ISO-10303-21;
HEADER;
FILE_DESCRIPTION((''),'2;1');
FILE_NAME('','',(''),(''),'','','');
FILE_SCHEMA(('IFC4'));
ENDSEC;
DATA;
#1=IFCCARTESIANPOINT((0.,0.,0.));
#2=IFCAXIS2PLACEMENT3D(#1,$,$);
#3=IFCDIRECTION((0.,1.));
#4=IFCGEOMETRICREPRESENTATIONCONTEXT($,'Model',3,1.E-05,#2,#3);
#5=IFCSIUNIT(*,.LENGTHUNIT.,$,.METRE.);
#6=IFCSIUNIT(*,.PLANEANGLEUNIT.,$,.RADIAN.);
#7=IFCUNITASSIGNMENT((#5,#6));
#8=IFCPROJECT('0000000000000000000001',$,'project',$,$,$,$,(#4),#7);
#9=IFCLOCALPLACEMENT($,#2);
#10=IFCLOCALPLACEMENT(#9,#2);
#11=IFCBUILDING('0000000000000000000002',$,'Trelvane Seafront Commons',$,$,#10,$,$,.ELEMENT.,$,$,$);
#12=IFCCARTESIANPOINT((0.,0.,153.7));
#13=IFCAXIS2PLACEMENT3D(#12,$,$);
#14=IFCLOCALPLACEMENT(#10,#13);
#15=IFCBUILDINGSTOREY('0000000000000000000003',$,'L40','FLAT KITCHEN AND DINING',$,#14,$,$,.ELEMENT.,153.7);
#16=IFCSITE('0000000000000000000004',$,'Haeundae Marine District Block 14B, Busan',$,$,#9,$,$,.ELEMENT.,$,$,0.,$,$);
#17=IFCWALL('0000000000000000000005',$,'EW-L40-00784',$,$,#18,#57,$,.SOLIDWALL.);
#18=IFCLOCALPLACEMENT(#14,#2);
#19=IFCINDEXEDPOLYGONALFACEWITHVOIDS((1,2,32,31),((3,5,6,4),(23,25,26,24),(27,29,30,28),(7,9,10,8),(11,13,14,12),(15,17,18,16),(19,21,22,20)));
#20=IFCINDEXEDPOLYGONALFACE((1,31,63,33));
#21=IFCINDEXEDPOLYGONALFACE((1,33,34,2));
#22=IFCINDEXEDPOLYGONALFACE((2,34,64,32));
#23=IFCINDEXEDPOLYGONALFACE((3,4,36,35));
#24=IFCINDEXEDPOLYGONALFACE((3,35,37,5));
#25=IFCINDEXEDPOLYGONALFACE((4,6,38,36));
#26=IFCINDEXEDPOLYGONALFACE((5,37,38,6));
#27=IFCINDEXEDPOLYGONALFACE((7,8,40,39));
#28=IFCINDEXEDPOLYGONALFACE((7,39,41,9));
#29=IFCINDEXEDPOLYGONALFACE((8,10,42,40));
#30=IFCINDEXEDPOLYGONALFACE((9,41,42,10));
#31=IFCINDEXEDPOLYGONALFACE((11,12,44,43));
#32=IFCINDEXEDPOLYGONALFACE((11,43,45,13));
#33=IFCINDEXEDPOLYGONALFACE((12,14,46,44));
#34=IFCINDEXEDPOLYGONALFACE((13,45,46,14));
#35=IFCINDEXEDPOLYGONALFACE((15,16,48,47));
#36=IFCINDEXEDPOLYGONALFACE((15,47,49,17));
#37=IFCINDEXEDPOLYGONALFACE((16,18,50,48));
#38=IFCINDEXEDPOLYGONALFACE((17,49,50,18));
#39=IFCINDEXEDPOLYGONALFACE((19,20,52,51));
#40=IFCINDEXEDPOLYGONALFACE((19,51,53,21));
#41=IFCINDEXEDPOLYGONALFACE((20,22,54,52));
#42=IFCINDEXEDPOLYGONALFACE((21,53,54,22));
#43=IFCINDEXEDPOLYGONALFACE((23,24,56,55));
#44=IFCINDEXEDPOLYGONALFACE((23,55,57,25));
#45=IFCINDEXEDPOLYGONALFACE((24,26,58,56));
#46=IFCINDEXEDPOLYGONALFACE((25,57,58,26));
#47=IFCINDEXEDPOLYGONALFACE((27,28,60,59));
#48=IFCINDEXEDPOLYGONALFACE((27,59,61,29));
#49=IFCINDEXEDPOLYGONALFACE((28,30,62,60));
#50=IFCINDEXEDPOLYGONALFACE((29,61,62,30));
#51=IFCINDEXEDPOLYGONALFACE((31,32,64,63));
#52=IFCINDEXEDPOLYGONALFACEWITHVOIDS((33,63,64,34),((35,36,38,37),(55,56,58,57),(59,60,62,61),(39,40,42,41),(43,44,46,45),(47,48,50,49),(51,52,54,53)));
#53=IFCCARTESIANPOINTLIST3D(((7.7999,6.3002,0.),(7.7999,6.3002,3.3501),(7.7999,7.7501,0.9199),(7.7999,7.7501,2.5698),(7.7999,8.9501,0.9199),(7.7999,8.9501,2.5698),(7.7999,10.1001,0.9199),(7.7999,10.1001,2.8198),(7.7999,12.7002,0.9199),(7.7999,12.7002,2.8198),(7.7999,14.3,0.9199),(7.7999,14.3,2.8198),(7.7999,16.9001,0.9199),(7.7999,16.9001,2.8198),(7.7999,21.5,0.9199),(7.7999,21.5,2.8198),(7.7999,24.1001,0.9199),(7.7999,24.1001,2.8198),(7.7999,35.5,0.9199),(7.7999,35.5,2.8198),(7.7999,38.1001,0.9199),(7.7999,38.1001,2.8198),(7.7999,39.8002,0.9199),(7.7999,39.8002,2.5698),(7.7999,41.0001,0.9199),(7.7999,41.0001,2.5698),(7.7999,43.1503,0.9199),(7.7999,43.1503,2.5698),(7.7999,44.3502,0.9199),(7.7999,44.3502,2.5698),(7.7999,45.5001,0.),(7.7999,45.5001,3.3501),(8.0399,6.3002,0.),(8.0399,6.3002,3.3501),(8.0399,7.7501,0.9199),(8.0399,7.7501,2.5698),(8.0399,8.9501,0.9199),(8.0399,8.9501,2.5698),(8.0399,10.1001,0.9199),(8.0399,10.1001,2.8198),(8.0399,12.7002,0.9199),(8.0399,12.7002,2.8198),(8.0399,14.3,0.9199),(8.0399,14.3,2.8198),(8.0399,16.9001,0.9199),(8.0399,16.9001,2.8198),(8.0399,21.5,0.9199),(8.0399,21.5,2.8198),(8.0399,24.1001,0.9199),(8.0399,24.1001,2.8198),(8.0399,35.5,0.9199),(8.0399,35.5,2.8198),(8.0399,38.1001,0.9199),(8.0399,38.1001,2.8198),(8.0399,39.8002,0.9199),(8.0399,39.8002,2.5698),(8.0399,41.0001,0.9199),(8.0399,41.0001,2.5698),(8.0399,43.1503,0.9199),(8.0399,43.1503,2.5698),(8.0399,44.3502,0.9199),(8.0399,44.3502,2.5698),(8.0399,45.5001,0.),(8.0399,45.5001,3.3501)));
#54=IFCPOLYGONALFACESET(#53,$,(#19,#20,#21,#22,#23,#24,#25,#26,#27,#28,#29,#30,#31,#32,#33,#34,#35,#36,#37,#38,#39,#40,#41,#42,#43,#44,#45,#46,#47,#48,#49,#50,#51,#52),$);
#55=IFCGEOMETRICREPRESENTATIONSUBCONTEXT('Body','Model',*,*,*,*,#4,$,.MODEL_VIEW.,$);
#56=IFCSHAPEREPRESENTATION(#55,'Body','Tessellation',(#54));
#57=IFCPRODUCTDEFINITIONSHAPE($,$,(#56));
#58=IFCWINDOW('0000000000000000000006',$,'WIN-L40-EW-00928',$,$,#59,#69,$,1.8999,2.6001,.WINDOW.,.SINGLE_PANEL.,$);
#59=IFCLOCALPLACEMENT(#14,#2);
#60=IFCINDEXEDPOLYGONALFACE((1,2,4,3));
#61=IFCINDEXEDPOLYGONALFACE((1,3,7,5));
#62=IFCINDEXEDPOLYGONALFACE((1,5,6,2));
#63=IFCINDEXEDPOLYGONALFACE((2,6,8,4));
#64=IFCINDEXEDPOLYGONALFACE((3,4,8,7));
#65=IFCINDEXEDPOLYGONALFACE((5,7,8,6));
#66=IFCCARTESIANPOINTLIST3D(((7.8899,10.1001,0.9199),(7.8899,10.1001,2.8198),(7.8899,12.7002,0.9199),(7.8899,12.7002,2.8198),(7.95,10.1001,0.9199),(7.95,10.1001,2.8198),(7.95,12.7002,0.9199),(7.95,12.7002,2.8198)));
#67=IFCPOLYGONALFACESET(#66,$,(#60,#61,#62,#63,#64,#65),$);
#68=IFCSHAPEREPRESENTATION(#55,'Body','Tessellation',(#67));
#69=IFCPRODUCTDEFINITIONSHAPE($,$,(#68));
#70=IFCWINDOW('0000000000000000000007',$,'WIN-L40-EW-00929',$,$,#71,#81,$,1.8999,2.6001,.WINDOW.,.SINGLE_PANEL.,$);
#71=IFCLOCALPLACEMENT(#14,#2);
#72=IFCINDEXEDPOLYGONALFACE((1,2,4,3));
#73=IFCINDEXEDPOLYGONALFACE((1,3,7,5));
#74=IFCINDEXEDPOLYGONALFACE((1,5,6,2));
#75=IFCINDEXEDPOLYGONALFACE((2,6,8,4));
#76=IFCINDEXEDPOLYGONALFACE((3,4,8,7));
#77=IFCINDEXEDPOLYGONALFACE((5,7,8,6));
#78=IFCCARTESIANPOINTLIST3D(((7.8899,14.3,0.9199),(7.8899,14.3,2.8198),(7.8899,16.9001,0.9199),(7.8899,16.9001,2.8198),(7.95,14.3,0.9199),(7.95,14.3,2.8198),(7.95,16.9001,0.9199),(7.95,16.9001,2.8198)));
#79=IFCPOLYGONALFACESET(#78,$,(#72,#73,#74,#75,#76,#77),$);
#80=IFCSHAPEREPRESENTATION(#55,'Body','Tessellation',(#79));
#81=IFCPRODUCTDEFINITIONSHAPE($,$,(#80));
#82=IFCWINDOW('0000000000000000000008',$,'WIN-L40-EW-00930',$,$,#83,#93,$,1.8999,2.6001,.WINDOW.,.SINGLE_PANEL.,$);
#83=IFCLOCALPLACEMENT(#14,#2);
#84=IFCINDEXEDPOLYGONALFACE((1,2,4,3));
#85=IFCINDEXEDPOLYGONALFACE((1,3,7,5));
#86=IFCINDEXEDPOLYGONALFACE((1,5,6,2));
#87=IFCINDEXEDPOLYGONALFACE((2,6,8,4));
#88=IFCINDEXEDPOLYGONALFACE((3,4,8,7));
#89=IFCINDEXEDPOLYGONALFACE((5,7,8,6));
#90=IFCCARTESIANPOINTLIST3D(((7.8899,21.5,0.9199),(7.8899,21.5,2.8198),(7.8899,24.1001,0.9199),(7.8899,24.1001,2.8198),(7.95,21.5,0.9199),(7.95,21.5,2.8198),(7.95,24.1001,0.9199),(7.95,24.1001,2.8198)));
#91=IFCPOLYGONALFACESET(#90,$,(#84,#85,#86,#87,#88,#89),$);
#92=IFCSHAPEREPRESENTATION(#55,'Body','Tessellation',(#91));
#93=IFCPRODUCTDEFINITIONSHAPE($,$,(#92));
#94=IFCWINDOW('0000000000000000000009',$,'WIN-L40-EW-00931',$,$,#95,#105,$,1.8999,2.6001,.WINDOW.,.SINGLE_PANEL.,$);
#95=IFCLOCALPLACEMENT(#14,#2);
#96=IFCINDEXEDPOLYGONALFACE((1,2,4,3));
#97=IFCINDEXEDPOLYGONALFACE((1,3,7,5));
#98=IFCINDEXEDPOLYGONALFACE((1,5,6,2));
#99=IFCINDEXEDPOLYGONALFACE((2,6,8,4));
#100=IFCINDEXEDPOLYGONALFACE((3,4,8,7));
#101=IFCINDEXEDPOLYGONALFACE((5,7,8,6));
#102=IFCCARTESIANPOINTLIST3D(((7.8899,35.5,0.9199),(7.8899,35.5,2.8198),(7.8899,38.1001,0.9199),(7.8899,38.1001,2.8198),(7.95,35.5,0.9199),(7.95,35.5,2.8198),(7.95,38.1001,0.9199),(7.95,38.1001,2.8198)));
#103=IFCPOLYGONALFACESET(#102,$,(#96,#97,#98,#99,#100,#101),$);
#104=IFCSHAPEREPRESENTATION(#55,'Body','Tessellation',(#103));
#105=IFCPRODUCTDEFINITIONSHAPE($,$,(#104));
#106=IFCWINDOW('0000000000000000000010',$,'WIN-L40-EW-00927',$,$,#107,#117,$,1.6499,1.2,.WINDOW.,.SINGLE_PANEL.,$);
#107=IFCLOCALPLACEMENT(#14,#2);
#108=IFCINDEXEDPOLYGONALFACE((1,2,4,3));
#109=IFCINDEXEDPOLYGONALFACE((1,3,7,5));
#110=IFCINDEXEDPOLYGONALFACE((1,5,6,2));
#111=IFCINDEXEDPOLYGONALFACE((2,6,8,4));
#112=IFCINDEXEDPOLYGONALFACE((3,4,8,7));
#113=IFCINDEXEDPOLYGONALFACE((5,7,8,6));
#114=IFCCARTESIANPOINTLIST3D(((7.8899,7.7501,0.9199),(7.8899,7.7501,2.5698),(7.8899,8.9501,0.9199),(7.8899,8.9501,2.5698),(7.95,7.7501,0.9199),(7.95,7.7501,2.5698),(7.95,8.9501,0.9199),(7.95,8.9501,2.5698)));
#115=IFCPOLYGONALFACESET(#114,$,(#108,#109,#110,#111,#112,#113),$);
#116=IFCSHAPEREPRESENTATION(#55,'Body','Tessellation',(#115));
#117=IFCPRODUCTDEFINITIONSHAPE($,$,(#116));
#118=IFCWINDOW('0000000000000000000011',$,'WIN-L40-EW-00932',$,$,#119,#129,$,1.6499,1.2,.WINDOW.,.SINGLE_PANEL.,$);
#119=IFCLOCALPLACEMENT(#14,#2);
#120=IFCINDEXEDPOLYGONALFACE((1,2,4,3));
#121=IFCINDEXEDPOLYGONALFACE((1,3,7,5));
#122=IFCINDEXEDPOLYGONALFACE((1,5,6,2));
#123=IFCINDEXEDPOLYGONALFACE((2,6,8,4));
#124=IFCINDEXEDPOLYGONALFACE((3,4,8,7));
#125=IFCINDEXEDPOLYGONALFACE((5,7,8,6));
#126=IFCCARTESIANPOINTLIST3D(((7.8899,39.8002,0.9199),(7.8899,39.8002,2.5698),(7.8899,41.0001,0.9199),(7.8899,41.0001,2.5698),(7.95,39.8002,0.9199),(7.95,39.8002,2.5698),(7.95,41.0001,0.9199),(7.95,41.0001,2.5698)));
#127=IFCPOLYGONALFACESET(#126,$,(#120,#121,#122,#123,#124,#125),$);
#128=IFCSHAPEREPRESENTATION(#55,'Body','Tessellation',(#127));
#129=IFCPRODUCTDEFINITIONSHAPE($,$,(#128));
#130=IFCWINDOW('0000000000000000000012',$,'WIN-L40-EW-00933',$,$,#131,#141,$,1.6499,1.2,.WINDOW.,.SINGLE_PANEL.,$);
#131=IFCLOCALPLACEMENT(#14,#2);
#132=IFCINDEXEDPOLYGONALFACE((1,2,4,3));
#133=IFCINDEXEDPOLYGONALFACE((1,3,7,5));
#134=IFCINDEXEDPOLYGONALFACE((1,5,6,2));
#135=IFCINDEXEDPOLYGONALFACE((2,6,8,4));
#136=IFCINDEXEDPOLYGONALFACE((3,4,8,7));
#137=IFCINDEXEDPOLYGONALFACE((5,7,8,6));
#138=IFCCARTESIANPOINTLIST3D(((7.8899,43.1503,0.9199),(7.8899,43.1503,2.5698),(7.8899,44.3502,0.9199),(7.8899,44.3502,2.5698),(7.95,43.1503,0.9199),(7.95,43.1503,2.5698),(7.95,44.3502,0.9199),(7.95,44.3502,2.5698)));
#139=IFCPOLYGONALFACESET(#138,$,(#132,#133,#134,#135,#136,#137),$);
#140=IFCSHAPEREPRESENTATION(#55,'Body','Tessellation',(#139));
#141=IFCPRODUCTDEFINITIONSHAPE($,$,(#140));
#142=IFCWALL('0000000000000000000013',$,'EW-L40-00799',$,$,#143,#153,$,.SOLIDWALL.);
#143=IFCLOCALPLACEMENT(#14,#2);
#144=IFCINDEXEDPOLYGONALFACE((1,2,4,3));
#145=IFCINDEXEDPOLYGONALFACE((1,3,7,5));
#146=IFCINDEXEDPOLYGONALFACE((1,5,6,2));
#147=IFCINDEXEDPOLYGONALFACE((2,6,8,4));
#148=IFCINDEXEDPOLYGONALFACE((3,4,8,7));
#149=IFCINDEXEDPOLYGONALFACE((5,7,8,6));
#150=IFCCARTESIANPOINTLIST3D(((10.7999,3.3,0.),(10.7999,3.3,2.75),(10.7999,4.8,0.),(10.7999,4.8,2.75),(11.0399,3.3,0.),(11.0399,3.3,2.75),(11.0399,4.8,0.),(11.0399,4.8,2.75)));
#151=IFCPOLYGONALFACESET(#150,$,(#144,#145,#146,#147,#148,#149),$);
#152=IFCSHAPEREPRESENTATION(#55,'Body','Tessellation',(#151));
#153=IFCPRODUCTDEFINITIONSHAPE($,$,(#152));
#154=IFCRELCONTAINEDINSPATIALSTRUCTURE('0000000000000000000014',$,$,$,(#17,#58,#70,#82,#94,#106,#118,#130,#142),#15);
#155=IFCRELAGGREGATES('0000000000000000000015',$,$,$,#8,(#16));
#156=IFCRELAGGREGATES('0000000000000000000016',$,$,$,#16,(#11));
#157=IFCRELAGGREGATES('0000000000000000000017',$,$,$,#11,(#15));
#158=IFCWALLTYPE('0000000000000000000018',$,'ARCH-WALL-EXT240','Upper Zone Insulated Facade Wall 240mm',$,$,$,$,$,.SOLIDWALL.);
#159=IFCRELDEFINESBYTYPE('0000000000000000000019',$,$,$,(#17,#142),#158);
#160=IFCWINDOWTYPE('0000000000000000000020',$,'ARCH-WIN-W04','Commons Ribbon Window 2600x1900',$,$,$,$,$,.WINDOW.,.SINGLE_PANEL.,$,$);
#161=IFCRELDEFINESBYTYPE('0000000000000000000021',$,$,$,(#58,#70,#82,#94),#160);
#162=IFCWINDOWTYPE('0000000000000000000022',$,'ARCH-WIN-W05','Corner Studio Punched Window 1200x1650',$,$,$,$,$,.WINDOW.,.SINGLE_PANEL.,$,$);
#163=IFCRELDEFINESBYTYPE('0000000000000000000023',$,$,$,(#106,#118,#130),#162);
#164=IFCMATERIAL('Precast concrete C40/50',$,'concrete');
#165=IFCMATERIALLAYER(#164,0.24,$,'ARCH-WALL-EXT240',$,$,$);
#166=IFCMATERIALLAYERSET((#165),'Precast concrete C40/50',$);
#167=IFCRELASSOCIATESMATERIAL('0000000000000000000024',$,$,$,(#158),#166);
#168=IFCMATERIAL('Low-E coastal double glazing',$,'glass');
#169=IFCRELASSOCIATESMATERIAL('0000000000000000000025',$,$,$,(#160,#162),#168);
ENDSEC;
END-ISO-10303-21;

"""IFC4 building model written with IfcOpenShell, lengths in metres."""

from ifc_helpers import new_model, si_unit, direction, frame, frame_2d, origin, place, context, subcontext, project, spatial, rectangle, extrude, source, transform, mapped, material, layer, layer_set, type_object, element, fill, save


model = new_model("IFC4")

# Units and contexts
model_context = context("Model", 3, precision=1e-05, world=origin(), true_north=direction((0.0, 1.0)))
body_context = subcontext(model_context, "Body", "Model", "MODEL_VIEW")
ifc_project = project(units=[si_unit("LENGTHUNIT", "METRE"), si_unit("PLANEANGLEUNIT", "RADIAN")], contexts=[model_context])

# Site, building, storey
site_placement = place(None, origin())
site = spatial("IfcSite", under=ifc_project, at=site_placement, Name="Haeundae Marine District Block 14B, Busan", CompositionType="ELEMENT", RefElevation=0.0)
building_placement = place(site_placement, origin())
building = spatial("IfcBuilding", under=site, at=building_placement, Name="Trelvane Seafront Commons", CompositionType="ELEMENT")
storey_placement = place(building_placement, frame((0.0, 0.0, 153.7)))
storey = spatial("IfcBuildingStorey", under=building, at=storey_placement, Name="L40", Description="FLAT KITCHEN AND DINING", CompositionType="ELEMENT", Elevation=153.7)

# Shared definitions
ifc_material_1 = material(Name="Precast concrete C40/50", Category="concrete")
ifc_layer_1 = layer(ifc_material_1, 0.24, Name="ARCH-WALL-EXT240")
ifc_layer_set_1 = layer_set([ifc_layer_1], Name="Precast concrete C40/50")
wall_type_1 = type_object("IfcWallType", Name="ARCH-WALL-EXT240", Description="Upper Zone Insulated Facade Wall 240mm", PredefinedType="SOLIDWALL", material=ifc_layer_set_1)

# Wall, openings, windows
wall_1_placement = place(storey_placement, frame((7.9199, 6.3, 0.0), z_axis=(0.0, 0.0, 1.0), x_axis=(0.0, 1.0, 0.0)))
wall_1 = element("IfcWall", 1, at=wall_1_placement, inside=storey, type_object=wall_type_1, Name="EW-L40-00784", PredefinedType="SOLIDWALL", context=body_context, shape_type="SweptSolid", body=[
    extrude(rectangle(XDim=39.2, YDim=0.24, at=frame_2d((19.6001, 0.0))), origin(), (0.0, 0.0, 1.0), 3.3501),
])
opening_1_placement = place(wall_1_placement, frame((1.45, 0.0, 0.9199)))
opening_1 = element("IfcOpeningElement", 2, at=opening_1_placement, cuts=wall_1, PredefinedType="OPENING", context=body_context, shape_type="SweptSolid", body=[
    extrude(rectangle(XDim=1.2, YDim=1.6499, at=frame_2d((0.6001, 0.825))), frame((0.0, 0.1299, 0.0), z_axis=(0.0, -1.0, 0.0), x_axis=(1.0, 0.0, 0.0)), (0.0, 0.0, 1.0), 0.26),
])
opening_2_placement = place(wall_1_placement, frame((3.8, 0.0, 0.9199)))
opening_2 = element("IfcOpeningElement", 3, at=opening_2_placement, cuts=wall_1, PredefinedType="OPENING", context=body_context, shape_type="SweptSolid", body=[
    extrude(rectangle(XDim=2.6001, YDim=1.8999, at=frame_2d((1.3, 0.95))), frame((0.0, 0.1299, 0.0), z_axis=(0.0, -1.0, 0.0), x_axis=(1.0, 0.0, 0.0)), (0.0, 0.0, 1.0), 0.26),
])
opening_3_placement = place(wall_1_placement, frame((8.0, 0.0, 0.9199)))
opening_3 = element("IfcOpeningElement", 4, at=opening_3_placement, cuts=wall_1, PredefinedType="OPENING", context=body_context, shape_type="SweptSolid", body=[
    extrude(rectangle(XDim=2.6001, YDim=1.8999, at=frame_2d((1.3, 0.95))), frame((0.0, 0.1299, 0.0), z_axis=(0.0, -1.0, 0.0), x_axis=(1.0, 0.0, 0.0)), (0.0, 0.0, 1.0), 0.26),
])
opening_4_placement = place(wall_1_placement, frame((15.2, 0.0, 0.9199)))
opening_4 = element("IfcOpeningElement", 5, at=opening_4_placement, cuts=wall_1, PredefinedType="OPENING", context=body_context, shape_type="SweptSolid", body=[
    extrude(rectangle(XDim=2.6001, YDim=1.8999, at=frame_2d((1.3, 0.95))), frame((0.0, 0.1299, 0.0), z_axis=(0.0, -1.0, 0.0), x_axis=(1.0, 0.0, 0.0)), (0.0, 0.0, 1.0), 0.26),
])
opening_5_placement = place(wall_1_placement, frame((29.2, 0.0, 0.9199)))
opening_5 = element("IfcOpeningElement", 6, at=opening_5_placement, cuts=wall_1, PredefinedType="OPENING", context=body_context, shape_type="SweptSolid", body=[
    extrude(rectangle(XDim=2.6001, YDim=1.8999, at=frame_2d((1.3, 0.95))), frame((0.0, 0.1299, 0.0), z_axis=(0.0, -1.0, 0.0), x_axis=(1.0, 0.0, 0.0)), (0.0, 0.0, 1.0), 0.26),
])
opening_6_placement = place(wall_1_placement, frame((33.5, 0.0, 0.9199)))
opening_6 = element("IfcOpeningElement", 7, at=opening_6_placement, cuts=wall_1, PredefinedType="OPENING", context=body_context, shape_type="SweptSolid", body=[
    extrude(rectangle(XDim=1.2, YDim=1.6499, at=frame_2d((0.6001, 0.825))), frame((0.0, 0.1299, 0.0), z_axis=(0.0, -1.0, 0.0), x_axis=(1.0, 0.0, 0.0)), (0.0, 0.0, 1.0), 0.26),
])
opening_7_placement = place(wall_1_placement, frame((36.8501, 0.0, 0.9199)))
opening_7 = element("IfcOpeningElement", 8, at=opening_7_placement, cuts=wall_1, PredefinedType="OPENING", context=body_context, shape_type="SweptSolid", body=[
    extrude(rectangle(XDim=1.2, YDim=1.6499, at=frame_2d((0.6001, 0.825))), frame((0.0, 0.1299, 0.0), z_axis=(0.0, -1.0, 0.0), x_axis=(1.0, 0.0, 0.0)), (0.0, 0.0, 1.0), 0.26),
])
ifc_material_2 = material(Name="Low-E coastal double glazing", Category="glass")
window_type_1 = type_object("IfcWindowType", Name="ARCH-WIN-W04", Description="Commons Ribbon Window 2600x1900", PartitioningType="SINGLE_PANEL", PredefinedType="WINDOW", material=ifc_material_2)
shared_shape_1 = source(origin(), body_context, "Body", "SweptSolid", [
    extrude(rectangle(XDim=2.6001, YDim=1.8999, at=frame_2d((1.3, 0.95))), frame((0.0, 0.03, 0.0), z_axis=(0.0, -1.0, 0.0), x_axis=(1.0, 0.0, 0.0)), (0.0, 0.0, 1.0), 0.0601),
])
window_1_placement = place(opening_2_placement, origin())
window_1 = element("IfcWindow", 9, at=window_1_placement, inside=storey, type_object=window_type_1, Name="WIN-L40-EW-00928", OverallHeight=1.8999, OverallWidth=2.6001, PartitioningType="SINGLE_PANEL", PredefinedType="WINDOW", context=body_context, shape_type="MappedRepresentation", body=[
    mapped(shared_shape_1, transform((0.0, 0.0, 0.0), x_axis=(1.0, 0.0, 0.0), y_axis=(0.0, 1.0, 0.0), z_axis=(0.0, 0.0, 1.0), scale=1.0)),
])
fill(opening_2, window_1)
window_2_placement = place(opening_3_placement, origin())
window_2 = element("IfcWindow", 10, at=window_2_placement, inside=storey, type_object=window_type_1, Name="WIN-L40-EW-00929", OverallHeight=1.8999, OverallWidth=2.6001, PartitioningType="SINGLE_PANEL", PredefinedType="WINDOW", context=body_context, shape_type="MappedRepresentation", body=[
    mapped(shared_shape_1, transform((0.0, 0.0, 0.0), x_axis=(1.0, 0.0, 0.0), y_axis=(0.0, 1.0, 0.0), z_axis=(0.0, 0.0, 1.0), scale=1.0)),
])
fill(opening_3, window_2)
window_3_placement = place(opening_4_placement, origin())
window_3 = element("IfcWindow", 11, at=window_3_placement, inside=storey, type_object=window_type_1, Name="WIN-L40-EW-00930", OverallHeight=1.8999, OverallWidth=2.6001, PartitioningType="SINGLE_PANEL", PredefinedType="WINDOW", context=body_context, shape_type="MappedRepresentation", body=[
    mapped(shared_shape_1, transform((0.0, 0.0, 0.0), x_axis=(1.0, 0.0, 0.0), y_axis=(0.0, 1.0, 0.0), z_axis=(0.0, 0.0, 1.0), scale=1.0)),
])
fill(opening_4, window_3)
window_4_placement = place(opening_5_placement, origin())
window_4 = element("IfcWindow", 12, at=window_4_placement, inside=storey, type_object=window_type_1, Name="WIN-L40-EW-00931", OverallHeight=1.8999, OverallWidth=2.6001, PartitioningType="SINGLE_PANEL", PredefinedType="WINDOW", context=body_context, shape_type="MappedRepresentation", body=[
    mapped(shared_shape_1, transform((0.0, 0.0, 0.0), x_axis=(1.0, 0.0, 0.0), y_axis=(0.0, 1.0, 0.0), z_axis=(0.0, 0.0, 1.0), scale=1.0)),
])
fill(opening_5, window_4)
window_type_2 = type_object("IfcWindowType", Name="ARCH-WIN-W05", Description="Corner Studio Punched Window 1200x1650", PartitioningType="SINGLE_PANEL", PredefinedType="WINDOW", material=ifc_material_2)
shared_shape_2 = source(origin(), body_context, "Body", "SweptSolid", [
    extrude(rectangle(XDim=1.2, YDim=1.6499, at=frame_2d((0.6001, 0.825))), frame((0.0, 0.03, 0.0), z_axis=(0.0, -1.0, 0.0), x_axis=(1.0, 0.0, 0.0)), (0.0, 0.0, 1.0), 0.0601),
])
window_5_placement = place(opening_1_placement, origin())
window_5 = element("IfcWindow", 13, at=window_5_placement, inside=storey, type_object=window_type_2, Name="WIN-L40-EW-00927", OverallHeight=1.6499, OverallWidth=1.2, PartitioningType="SINGLE_PANEL", PredefinedType="WINDOW", context=body_context, shape_type="MappedRepresentation", body=[
    mapped(shared_shape_2, transform((0.0, 0.0, 0.0), x_axis=(1.0, 0.0, 0.0), y_axis=(0.0, 1.0, 0.0), z_axis=(0.0, 0.0, 1.0), scale=1.0)),
])
fill(opening_1, window_5)
window_6_placement = place(opening_6_placement, origin())
window_6 = element("IfcWindow", 14, at=window_6_placement, inside=storey, type_object=window_type_2, Name="WIN-L40-EW-00932", OverallHeight=1.6499, OverallWidth=1.2, PartitioningType="SINGLE_PANEL", PredefinedType="WINDOW", context=body_context, shape_type="MappedRepresentation", body=[
    mapped(shared_shape_2, transform((0.0, 0.0, 0.0), x_axis=(1.0, 0.0, 0.0), y_axis=(0.0, 1.0, 0.0), z_axis=(0.0, 0.0, 1.0), scale=1.0)),
])
fill(opening_6, window_6)
window_7_placement = place(opening_7_placement, origin())
window_7 = element("IfcWindow", 15, at=window_7_placement, inside=storey, type_object=window_type_2, Name="WIN-L40-EW-00933", OverallHeight=1.6499, OverallWidth=1.2, PartitioningType="SINGLE_PANEL", PredefinedType="WINDOW", context=body_context, shape_type="MappedRepresentation", body=[
    mapped(shared_shape_2, transform((0.0, 0.0, 0.0), x_axis=(1.0, 0.0, 0.0), y_axis=(0.0, 1.0, 0.0), z_axis=(0.0, 0.0, 1.0), scale=1.0)),
])
fill(opening_7, window_7)

# Wall
wall_2_placement = place(storey_placement, frame((10.9199, 3.3, 0.0), z_axis=(0.0, 0.0, 1.0), x_axis=(0.0, 1.0, 0.0)))
element("IfcWall", 16, at=wall_2_placement, inside=storey, type_object=wall_type_1, Name="EW-L40-00799", PredefinedType="SOLIDWALL", context=body_context, shape_type="SweptSolid", body=[
    extrude(rectangle(XDim=1.5, YDim=0.24, at=frame_2d((0.75, 0.0))), origin(), (0.0, 0.0, 1.0), 2.75),
])

save(model, "model.ifc")
